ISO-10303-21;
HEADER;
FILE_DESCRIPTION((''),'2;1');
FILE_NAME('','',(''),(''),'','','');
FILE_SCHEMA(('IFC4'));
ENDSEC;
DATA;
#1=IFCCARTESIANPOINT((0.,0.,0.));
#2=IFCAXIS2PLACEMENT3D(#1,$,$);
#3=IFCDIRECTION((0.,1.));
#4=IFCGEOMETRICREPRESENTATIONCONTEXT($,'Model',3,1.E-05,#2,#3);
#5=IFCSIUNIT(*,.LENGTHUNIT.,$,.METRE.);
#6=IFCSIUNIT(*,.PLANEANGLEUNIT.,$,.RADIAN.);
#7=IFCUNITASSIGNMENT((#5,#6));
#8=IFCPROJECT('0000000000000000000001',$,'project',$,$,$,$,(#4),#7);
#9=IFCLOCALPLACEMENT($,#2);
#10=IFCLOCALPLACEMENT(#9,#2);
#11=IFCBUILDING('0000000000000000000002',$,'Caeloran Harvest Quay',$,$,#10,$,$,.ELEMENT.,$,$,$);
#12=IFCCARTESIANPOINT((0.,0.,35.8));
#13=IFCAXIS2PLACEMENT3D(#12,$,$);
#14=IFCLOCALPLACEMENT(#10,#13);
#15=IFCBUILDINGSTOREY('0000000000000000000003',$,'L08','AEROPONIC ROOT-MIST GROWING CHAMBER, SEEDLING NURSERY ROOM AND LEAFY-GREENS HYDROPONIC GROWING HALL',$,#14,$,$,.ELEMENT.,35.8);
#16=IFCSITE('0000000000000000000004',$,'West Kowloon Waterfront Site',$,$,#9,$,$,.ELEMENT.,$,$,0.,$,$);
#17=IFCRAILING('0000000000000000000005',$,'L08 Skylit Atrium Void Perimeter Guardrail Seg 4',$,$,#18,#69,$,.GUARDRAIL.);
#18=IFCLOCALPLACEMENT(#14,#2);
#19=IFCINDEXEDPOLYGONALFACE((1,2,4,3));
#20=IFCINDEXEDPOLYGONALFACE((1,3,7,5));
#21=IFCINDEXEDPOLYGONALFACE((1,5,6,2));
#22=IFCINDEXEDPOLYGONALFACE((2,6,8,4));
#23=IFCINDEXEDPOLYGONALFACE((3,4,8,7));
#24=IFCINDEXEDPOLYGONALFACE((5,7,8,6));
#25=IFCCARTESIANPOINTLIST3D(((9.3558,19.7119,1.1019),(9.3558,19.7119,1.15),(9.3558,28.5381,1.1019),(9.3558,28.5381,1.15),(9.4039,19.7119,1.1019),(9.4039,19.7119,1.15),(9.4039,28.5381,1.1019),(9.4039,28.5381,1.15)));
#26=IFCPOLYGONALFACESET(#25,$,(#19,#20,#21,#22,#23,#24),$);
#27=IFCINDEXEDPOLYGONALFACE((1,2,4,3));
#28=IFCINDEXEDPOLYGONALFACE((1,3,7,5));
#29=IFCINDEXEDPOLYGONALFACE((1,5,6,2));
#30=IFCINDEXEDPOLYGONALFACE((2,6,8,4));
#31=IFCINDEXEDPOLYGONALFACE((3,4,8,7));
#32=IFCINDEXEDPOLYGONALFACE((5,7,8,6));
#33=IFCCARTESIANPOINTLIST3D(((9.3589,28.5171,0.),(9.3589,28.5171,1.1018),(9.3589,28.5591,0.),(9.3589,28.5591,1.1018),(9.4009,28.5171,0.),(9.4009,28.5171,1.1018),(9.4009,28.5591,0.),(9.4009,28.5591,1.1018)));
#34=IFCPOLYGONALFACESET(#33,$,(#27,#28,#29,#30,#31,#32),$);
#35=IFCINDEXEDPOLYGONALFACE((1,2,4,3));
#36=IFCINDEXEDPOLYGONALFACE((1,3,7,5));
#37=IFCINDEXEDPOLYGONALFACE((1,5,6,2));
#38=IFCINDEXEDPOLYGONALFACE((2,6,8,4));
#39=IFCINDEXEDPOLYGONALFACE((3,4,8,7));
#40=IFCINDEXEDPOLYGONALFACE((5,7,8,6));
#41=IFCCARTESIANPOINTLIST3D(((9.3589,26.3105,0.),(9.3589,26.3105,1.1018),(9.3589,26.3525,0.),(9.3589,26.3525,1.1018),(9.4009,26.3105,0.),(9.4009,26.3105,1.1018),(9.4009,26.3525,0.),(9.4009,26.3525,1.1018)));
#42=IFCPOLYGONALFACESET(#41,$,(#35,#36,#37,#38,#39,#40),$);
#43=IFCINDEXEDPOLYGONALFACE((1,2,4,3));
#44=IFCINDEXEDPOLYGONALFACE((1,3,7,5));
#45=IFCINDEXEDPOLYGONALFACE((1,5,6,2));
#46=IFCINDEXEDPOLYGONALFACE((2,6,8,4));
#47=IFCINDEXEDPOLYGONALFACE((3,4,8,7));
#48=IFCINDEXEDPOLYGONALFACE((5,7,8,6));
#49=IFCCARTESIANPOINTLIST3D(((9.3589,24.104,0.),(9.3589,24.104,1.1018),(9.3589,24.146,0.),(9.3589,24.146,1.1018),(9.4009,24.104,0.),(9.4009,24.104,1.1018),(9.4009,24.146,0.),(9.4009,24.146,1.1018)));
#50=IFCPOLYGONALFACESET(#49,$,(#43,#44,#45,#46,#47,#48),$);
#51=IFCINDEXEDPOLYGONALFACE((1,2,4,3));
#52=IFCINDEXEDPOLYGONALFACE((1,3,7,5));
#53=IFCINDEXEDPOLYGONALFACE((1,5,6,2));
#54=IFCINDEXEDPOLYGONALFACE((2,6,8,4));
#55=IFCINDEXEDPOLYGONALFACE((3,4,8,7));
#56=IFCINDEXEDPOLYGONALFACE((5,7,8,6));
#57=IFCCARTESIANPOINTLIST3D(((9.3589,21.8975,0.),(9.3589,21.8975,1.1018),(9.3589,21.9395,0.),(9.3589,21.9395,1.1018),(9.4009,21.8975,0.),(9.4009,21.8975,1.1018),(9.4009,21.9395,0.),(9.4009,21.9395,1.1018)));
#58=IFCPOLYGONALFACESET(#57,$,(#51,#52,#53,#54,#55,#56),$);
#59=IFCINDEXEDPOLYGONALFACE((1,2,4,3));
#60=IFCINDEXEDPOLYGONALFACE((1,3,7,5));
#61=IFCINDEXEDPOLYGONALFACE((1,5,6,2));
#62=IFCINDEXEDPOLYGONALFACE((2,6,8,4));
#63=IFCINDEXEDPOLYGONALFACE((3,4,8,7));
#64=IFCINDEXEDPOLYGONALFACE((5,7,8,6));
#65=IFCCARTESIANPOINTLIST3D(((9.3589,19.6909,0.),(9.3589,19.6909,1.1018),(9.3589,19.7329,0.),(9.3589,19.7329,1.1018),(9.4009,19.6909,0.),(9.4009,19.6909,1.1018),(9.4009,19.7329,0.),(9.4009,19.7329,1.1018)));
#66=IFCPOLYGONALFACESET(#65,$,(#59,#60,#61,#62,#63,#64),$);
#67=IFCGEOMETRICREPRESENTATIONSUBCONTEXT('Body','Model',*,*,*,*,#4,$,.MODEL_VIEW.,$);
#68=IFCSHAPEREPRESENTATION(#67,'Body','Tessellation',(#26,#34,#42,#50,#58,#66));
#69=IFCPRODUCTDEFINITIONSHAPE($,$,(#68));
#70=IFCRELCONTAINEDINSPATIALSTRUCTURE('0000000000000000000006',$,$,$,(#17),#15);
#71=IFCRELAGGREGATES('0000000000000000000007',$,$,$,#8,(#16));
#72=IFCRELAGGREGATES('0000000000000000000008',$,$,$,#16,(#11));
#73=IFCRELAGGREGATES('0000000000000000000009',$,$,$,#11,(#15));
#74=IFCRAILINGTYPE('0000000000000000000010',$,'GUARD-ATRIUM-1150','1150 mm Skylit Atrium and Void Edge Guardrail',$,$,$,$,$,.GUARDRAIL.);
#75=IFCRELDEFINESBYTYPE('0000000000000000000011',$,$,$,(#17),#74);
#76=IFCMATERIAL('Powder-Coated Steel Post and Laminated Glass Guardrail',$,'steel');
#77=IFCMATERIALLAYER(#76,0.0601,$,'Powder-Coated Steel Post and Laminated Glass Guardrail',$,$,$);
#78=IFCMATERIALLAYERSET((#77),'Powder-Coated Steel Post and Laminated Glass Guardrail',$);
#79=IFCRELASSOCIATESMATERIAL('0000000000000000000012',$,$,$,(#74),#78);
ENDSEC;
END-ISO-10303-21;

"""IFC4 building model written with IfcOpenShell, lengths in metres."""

from ifc_helpers import new_model, si_unit, direction, frame, origin, origin_2d, place, context, subcontext, project, spatial, rectangle, extrude, material, layer, layer_set, type_object, element, save


model = new_model("IFC4")

# Units and contexts
model_context = context("Model", 3, precision=1e-05, world=origin(), true_north=direction((0.0, 1.0)))
body_context = subcontext(model_context, "Body", "Model", "MODEL_VIEW")
ifc_project = project(units=[si_unit("LENGTHUNIT", "METRE"), si_unit("PLANEANGLEUNIT", "RADIAN")], contexts=[model_context])

# Site, building, storey
site_placement = place(None, origin())
site = spatial("IfcSite", under=ifc_project, at=site_placement, Name="West Kowloon Waterfront Site", CompositionType="ELEMENT", RefElevation=0.0)
building_placement = place(site_placement, origin())
building = spatial("IfcBuilding", under=site, at=building_placement, Name="Caeloran Harvest Quay", CompositionType="ELEMENT")
storey_placement = place(building_placement, frame((0.0, 0.0, 35.8)))
storey = spatial("IfcBuildingStorey", under=building, at=storey_placement, Name="L08", Description="AEROPONIC ROOT-MIST GROWING CHAMBER, SEEDLING NURSERY ROOM AND LEAFY-GREENS HYDROPONIC GROWING HALL", CompositionType="ELEMENT", Elevation=35.8)

# Railing
ifc_material_1 = material(Name="Powder-Coated Steel Post and Laminated Glass Guardrail", Category="steel")
ifc_layer_1 = layer(ifc_material_1, 0.0601, Name="Powder-Coated Steel Post and Laminated Glass Guardrail")
ifc_layer_set_1 = layer_set([ifc_layer_1], Name="Powder-Coated Steel Post and Laminated Glass Guardrail")
railing_type = type_object("IfcRailingType", Name="GUARD-ATRIUM-1150", Description="1150 mm Skylit Atrium and Void Edge Guardrail", PredefinedType="GUARDRAIL", material=ifc_layer_set_1)
railing_placement = place(storey_placement, frame((9.3799, 28.5381, 0.0)))
element("IfcRailing", 1, at=railing_placement, inside=storey, type_object=railing_type, Name="L08 Skylit Atrium Void Perimeter Guardrail Seg 4", PredefinedType="GUARDRAIL", context=body_context, shape_type="SweptSolid", body=[
    extrude(rectangle(XDim=0.0481, YDim=0.0481, at=origin_2d()), frame((0.0, 0.0, 1.126), z_axis=(0.0, -1.0, 0.0), x_axis=(1.0, 0.0, 0.0)), (0.0, 0.0, 1.0), 8.8262),
    extrude(rectangle(XDim=0.042, YDim=0.042, at=origin_2d()), origin(), (0.0, 0.0, 1.0), 1.1018),
    extrude(rectangle(XDim=0.042, YDim=0.042, at=origin_2d()), frame((0.0, -2.2065, 0.0)), (0.0, 0.0, 1.0), 1.1018),
    extrude(rectangle(XDim=0.042, YDim=0.042, at=origin_2d()), frame((0.0, -4.4131, 0.0)), (0.0, 0.0, 1.0), 1.1018),
    extrude(rectangle(XDim=0.042, YDim=0.042, at=origin_2d()), frame((0.0, -6.6196, 0.0)), (0.0, 0.0, 1.0), 1.1018),
    extrude(rectangle(XDim=0.042, YDim=0.042, at=origin_2d()), frame((0.0, -8.8262, 0.0)), (0.0, 0.0, 1.0), 1.1018),
])

save(model, "model.ifc")
